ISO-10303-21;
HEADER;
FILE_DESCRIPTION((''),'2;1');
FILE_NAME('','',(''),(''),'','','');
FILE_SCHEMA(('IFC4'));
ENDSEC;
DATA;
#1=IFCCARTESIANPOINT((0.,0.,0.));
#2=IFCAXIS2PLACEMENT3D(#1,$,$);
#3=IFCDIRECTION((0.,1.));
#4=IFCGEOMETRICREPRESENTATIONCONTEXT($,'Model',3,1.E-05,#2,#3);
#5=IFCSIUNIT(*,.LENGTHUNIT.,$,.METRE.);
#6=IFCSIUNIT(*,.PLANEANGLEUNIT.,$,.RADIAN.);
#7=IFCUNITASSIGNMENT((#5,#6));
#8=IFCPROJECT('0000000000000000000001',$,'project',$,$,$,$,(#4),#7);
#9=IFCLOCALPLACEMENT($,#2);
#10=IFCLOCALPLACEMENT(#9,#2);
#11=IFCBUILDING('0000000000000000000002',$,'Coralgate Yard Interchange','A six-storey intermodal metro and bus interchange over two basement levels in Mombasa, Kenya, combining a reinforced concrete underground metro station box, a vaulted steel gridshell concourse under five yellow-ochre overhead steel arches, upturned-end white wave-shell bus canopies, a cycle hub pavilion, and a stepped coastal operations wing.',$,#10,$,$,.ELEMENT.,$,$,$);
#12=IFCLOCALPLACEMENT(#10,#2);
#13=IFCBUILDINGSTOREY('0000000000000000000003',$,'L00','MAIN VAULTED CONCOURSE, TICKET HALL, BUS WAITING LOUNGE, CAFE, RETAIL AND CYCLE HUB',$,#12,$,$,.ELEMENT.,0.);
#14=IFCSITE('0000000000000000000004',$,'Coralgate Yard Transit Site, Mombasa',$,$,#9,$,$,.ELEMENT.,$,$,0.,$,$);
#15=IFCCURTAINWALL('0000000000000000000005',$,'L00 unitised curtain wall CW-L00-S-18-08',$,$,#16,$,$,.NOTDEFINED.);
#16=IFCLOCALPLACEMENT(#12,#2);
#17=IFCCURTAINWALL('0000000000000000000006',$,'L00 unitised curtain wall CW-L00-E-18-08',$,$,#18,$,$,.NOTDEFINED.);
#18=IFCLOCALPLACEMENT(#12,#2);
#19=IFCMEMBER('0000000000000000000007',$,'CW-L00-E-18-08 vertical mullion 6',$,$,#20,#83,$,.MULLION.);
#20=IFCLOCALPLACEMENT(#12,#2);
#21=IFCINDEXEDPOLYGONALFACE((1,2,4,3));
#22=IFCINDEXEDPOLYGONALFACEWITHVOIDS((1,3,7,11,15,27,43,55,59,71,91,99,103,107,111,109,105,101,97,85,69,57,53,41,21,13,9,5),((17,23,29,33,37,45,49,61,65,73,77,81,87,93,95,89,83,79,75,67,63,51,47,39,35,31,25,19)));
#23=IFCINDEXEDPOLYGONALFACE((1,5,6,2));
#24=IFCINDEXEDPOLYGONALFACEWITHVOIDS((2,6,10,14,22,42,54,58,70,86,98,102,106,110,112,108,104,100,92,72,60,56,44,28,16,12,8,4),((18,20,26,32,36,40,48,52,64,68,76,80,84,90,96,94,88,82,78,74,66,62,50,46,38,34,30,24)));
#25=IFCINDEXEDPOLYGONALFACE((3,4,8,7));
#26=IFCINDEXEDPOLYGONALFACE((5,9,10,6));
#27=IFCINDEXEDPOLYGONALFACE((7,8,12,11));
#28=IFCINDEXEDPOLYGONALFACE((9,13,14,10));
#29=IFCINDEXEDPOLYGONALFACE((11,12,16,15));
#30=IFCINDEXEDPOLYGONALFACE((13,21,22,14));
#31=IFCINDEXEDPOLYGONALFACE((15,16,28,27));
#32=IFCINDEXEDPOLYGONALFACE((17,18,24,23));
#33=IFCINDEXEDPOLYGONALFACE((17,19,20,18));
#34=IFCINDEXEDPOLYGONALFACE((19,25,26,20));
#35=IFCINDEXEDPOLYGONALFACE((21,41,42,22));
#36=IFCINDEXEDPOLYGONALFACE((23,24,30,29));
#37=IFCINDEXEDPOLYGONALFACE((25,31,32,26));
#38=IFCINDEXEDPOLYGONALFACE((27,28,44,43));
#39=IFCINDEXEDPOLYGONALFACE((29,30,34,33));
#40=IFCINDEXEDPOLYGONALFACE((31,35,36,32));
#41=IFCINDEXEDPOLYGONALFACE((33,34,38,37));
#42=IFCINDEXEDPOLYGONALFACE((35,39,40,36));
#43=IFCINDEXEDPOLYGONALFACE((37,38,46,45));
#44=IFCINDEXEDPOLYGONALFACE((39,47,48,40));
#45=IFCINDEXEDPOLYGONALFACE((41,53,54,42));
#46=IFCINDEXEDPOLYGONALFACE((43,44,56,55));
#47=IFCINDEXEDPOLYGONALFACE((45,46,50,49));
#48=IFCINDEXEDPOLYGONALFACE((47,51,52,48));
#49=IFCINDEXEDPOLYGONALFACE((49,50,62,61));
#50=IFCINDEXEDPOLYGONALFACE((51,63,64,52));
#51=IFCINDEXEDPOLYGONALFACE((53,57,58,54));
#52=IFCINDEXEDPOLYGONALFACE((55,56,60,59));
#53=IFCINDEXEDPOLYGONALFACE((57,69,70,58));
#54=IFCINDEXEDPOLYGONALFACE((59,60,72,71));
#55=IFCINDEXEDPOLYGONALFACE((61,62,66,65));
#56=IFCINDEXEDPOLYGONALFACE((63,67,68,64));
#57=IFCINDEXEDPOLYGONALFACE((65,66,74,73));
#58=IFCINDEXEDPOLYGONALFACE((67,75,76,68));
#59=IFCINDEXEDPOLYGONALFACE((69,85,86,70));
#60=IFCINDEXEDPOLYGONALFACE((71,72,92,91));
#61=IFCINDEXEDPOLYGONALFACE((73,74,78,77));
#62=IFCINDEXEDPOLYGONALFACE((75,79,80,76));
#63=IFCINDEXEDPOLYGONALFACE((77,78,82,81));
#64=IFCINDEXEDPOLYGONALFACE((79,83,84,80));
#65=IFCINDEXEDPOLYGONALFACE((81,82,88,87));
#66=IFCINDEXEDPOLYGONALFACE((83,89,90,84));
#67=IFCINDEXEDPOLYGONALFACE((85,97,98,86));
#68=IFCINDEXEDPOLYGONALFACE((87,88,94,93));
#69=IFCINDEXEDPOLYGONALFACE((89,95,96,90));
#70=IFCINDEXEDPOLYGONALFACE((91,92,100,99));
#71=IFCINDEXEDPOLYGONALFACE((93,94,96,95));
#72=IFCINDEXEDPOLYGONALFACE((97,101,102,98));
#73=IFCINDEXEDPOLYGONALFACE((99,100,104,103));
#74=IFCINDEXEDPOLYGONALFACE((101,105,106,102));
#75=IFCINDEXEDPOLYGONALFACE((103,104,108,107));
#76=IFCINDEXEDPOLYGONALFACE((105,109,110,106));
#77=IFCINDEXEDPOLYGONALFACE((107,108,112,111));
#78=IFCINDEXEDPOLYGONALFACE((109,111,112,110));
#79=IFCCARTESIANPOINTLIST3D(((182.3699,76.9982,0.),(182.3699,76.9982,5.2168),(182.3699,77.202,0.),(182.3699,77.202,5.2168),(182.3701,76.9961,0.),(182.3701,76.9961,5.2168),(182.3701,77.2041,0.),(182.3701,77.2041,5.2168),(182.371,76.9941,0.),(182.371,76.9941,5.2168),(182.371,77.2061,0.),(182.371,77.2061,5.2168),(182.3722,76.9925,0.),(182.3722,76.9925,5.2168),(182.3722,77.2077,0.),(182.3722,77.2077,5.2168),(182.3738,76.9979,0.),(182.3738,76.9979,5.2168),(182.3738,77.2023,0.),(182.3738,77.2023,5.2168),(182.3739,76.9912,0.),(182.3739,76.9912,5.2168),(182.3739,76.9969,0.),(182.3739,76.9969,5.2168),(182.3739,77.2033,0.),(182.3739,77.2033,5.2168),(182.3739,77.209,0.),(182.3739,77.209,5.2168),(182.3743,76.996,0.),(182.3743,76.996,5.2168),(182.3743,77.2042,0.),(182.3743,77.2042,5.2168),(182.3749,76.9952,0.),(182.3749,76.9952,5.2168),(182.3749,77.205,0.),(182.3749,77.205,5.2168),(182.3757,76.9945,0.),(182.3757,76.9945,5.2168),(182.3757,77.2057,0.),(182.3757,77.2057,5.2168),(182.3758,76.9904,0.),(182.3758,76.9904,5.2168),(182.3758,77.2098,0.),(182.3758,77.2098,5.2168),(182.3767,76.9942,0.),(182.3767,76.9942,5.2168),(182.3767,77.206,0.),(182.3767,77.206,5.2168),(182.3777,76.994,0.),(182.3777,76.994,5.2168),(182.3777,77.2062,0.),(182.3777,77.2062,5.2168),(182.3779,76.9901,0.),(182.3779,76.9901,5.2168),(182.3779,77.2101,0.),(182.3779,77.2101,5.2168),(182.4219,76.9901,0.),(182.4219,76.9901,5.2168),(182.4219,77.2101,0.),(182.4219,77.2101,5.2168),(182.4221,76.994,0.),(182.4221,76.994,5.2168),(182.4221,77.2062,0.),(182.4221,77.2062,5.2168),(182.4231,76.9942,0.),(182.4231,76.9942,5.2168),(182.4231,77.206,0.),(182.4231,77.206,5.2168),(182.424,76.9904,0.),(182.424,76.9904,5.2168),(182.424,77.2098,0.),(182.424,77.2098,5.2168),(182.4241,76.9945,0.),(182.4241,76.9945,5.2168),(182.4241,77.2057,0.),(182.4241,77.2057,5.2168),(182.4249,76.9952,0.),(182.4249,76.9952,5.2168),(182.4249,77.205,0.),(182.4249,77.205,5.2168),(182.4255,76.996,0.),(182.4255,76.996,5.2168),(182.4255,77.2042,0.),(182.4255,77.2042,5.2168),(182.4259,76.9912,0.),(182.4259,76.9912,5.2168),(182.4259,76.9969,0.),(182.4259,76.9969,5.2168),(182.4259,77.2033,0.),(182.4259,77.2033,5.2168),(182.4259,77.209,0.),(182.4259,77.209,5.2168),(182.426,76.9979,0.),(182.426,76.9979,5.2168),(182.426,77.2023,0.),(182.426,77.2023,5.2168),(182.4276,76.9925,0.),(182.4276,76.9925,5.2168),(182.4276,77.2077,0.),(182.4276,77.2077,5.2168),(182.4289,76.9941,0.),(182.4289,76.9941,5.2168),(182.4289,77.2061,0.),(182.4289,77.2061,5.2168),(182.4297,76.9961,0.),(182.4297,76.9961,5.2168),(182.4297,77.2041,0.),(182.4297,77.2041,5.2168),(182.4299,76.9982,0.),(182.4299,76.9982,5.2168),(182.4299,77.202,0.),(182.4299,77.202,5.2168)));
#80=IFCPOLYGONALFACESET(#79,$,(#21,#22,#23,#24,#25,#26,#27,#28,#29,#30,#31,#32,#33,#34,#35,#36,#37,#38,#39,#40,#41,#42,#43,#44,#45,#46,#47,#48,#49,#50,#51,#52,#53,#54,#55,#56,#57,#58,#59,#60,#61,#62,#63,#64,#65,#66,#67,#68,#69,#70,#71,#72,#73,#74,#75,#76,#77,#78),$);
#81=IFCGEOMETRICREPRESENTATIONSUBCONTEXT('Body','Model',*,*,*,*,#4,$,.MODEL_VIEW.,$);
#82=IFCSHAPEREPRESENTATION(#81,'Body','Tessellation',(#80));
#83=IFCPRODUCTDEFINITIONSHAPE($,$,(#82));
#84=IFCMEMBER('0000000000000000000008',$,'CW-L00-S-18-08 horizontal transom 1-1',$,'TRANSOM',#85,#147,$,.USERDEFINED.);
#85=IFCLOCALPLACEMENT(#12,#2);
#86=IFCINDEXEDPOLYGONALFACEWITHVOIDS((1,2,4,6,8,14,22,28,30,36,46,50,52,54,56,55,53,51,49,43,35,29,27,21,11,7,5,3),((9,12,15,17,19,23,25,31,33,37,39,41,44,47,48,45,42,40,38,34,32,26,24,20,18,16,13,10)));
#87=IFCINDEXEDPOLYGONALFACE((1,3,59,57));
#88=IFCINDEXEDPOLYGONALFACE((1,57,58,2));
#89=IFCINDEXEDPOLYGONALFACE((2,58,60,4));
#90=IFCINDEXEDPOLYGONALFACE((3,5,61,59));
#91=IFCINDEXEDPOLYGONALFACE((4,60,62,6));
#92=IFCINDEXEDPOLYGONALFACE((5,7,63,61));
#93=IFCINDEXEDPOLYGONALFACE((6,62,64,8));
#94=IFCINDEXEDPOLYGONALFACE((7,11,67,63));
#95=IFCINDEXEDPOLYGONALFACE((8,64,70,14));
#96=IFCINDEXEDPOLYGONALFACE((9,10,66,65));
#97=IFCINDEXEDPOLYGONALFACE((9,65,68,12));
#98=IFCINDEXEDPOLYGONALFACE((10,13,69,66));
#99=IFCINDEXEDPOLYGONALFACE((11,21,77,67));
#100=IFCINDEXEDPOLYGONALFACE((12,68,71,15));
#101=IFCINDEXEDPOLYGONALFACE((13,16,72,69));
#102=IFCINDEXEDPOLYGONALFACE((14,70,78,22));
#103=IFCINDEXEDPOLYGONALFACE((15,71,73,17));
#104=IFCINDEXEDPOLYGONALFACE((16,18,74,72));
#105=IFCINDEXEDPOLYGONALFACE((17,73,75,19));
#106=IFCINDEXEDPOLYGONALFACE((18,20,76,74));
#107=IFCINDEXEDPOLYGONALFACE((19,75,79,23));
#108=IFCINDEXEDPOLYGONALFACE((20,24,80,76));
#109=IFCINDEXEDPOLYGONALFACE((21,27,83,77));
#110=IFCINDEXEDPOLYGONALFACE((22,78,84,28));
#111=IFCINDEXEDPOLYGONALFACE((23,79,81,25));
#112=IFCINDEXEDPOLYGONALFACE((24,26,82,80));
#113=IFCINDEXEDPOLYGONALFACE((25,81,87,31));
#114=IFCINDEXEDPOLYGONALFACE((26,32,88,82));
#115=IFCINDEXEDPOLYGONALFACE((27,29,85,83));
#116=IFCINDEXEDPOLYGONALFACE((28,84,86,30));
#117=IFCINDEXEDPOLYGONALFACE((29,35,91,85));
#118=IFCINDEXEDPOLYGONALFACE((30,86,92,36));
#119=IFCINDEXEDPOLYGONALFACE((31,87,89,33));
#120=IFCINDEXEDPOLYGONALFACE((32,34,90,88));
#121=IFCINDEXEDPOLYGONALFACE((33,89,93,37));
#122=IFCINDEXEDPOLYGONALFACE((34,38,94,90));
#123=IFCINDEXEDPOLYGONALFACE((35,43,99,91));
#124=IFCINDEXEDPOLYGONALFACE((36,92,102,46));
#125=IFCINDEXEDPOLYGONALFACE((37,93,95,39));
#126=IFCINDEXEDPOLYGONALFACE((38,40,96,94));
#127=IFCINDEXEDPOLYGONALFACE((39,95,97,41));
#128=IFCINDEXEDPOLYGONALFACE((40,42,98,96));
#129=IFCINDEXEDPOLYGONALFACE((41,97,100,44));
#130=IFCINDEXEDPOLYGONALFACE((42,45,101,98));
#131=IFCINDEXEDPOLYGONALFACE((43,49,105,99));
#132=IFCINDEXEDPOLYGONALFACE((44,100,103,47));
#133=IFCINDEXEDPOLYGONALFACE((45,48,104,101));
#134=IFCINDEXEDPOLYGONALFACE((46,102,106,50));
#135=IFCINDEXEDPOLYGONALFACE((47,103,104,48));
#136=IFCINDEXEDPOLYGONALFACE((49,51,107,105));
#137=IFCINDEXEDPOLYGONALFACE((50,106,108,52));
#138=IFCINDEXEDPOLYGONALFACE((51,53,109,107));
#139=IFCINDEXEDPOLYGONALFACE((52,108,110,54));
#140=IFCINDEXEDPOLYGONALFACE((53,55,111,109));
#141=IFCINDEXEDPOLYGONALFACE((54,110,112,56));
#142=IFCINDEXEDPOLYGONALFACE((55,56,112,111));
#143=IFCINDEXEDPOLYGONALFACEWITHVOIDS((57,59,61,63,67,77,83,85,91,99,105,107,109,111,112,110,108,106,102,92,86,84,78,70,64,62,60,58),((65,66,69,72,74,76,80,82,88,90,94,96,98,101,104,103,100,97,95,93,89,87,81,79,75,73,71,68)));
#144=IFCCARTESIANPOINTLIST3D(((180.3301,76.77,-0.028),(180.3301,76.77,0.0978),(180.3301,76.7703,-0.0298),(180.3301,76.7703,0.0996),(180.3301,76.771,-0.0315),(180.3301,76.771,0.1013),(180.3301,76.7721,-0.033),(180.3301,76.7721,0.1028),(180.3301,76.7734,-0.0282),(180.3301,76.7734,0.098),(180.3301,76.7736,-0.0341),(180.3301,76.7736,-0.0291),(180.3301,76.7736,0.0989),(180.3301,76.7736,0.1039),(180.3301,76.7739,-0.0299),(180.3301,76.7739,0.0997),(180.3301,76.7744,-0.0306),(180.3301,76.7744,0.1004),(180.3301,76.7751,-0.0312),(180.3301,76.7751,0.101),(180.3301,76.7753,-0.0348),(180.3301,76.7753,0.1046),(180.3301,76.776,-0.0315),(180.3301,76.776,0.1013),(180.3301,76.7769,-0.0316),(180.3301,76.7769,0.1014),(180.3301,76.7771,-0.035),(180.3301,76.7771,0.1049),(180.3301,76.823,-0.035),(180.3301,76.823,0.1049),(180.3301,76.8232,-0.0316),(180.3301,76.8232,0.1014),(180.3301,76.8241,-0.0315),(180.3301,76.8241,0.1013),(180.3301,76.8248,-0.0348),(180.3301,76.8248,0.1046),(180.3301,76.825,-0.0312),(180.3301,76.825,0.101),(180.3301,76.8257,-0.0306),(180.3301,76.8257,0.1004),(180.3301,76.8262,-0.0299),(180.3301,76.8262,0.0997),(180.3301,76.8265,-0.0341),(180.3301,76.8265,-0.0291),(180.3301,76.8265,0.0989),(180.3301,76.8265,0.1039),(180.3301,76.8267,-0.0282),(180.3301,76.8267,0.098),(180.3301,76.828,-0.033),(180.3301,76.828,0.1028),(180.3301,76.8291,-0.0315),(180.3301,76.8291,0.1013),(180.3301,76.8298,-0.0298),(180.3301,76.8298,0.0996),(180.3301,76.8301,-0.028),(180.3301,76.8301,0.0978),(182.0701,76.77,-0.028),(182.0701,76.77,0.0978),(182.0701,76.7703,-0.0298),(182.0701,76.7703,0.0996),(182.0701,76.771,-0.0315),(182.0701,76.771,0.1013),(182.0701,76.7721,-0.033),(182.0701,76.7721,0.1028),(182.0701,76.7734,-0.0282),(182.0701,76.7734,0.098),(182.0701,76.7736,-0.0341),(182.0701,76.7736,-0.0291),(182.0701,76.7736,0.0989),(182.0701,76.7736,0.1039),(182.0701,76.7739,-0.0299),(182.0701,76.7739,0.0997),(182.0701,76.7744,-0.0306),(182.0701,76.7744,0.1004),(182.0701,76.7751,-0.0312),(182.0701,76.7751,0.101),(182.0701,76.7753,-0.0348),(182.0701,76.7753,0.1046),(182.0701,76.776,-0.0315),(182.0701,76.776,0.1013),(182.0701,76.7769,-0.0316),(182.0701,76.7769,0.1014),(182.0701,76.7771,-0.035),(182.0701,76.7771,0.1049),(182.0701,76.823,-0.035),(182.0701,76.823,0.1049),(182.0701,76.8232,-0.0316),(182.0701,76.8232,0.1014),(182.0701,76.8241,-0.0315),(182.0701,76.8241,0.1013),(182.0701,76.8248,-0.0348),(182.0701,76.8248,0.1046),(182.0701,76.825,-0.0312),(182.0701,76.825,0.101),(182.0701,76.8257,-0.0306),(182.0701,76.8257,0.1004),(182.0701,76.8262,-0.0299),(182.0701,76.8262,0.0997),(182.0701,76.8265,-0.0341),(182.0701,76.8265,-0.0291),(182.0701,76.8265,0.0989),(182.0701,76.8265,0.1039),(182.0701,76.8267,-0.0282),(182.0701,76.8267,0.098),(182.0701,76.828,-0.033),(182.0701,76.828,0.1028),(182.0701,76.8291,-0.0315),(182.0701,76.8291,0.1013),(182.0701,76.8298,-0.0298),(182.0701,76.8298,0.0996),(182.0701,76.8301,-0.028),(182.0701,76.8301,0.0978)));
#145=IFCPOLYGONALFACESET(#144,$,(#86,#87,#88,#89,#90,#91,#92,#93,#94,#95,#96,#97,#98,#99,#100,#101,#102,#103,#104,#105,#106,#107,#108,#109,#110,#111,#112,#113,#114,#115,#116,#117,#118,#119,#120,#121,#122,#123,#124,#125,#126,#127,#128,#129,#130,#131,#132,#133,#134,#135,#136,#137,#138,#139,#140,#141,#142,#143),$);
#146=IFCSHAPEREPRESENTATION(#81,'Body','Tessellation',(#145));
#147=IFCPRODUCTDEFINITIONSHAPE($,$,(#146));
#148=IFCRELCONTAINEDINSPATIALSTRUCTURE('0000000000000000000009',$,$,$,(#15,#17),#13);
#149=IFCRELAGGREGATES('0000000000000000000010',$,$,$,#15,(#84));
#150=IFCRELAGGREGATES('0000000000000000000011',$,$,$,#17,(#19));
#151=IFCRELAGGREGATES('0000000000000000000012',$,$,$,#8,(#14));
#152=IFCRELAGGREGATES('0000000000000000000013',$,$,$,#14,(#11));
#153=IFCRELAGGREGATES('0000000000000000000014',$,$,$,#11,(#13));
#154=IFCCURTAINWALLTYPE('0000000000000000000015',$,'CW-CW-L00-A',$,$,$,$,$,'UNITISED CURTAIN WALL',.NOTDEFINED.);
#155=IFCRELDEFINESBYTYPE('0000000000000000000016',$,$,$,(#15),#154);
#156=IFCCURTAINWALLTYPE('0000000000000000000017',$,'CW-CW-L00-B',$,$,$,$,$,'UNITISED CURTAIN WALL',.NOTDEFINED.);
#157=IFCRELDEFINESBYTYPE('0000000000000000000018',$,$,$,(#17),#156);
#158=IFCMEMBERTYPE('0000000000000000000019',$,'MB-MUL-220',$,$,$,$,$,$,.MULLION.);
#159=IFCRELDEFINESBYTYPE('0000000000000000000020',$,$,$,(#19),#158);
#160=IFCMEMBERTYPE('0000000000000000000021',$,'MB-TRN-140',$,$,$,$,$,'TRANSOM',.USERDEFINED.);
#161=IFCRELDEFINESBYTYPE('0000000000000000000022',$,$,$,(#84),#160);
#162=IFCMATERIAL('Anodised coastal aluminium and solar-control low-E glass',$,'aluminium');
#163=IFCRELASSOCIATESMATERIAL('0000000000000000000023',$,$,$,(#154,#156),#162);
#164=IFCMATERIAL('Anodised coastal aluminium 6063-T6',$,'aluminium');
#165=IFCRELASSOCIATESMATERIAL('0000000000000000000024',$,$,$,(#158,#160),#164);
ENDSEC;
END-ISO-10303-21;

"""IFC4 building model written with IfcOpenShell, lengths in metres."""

from ifc_helpers import new_model, si_unit, direction, frame, origin, origin_2d, place, context, subcontext, project, spatial, hollow_rectangle, extrude, material, material_profile, profile_set, type_object, element, aggregate, save


model = new_model("IFC4")

# Units and contexts
model_context = context("Model", 3, precision=1e-05, world=origin(), true_north=direction((0.0, 1.0)))
body_context = subcontext(model_context, "Body", "Model", "MODEL_VIEW")
ifc_project = project(units=[si_unit("LENGTHUNIT", "METRE"), si_unit("PLANEANGLEUNIT", "RADIAN")], contexts=[model_context])

# Site, building, storey
site_placement = place(None, origin())
site = spatial("IfcSite", under=ifc_project, at=site_placement, Name="Coralgate Yard Transit Site, Mombasa", CompositionType="ELEMENT", RefElevation=0.0)
building_placement = place(site_placement, origin())
building = spatial("IfcBuilding", under=site, at=building_placement, Name="Coralgate Yard Interchange", Description="A six-storey intermodal metro and bus interchange over two basement levels in Mombasa, Kenya, combining a reinforced concrete underground metro station box, a vaulted steel gridshell concourse under five yellow-ochre overhead steel arches, upturned-end white wave-shell bus canopies, a cycle hub pavilion, and a stepped coastal operations wing.", CompositionType="ELEMENT")
storey_placement = place(building_placement, origin())
storey = spatial("IfcBuildingStorey", under=building, at=storey_placement, Name="L00", Description="MAIN VAULTED CONCOURSE, TICKET HALL, BUS WAITING LOUNGE, CAFE, RETAIL AND CYCLE HUB", CompositionType="ELEMENT", Elevation=0.0)

# Curtain wall
ifc_material_1 = material(Name="Anodised coastal aluminium and solar-control low-E glass", Category="aluminium")
curtain_wall_type_1 = type_object("IfcCurtainWallType", Name="CW-CW-L00-A", ElementType="UNITISED CURTAIN WALL", PredefinedType="NOTDEFINED", material=ifc_material_1)
curtain_wall_1_placement = place(storey_placement, origin())
curtain_wall_1 = element("IfcCurtainWall", 1, at=curtain_wall_1_placement, inside=storey, type_object=curtain_wall_type_1, Name="L00 unitised curtain wall CW-L00-S-18-08", PredefinedType="NOTDEFINED")
ifc_material_2 = material(Name="Anodised coastal aluminium 6063-T6", Category="aluminium")
ifc_material_profile_1 = material_profile(ifc_material_2, hollow_rectangle(XDim=0.0601, YDim=0.22, WallThickness=0.0039, InnerFilletRadius=0.0039, OuterFilletRadius=0.0081, at=origin_2d()), Name="ALU 60x220x4")
ifc_profile_set_1 = profile_set([ifc_material_profile_1], Name="Anodised coastal aluminium 6063-T6")
member_type_1 = type_object("IfcMemberType", Name="MB-MUL-220", PredefinedType="MULLION", material=ifc_profile_set_1)

# Curtain wall, member
curtain_wall_type_2 = type_object("IfcCurtainWallType", Name="CW-CW-L00-B", ElementType="UNITISED CURTAIN WALL", PredefinedType="NOTDEFINED", material=ifc_material_1)
curtain_wall_2_placement = place(storey_placement, origin())
curtain_wall_2 = element("IfcCurtainWall", 2, at=curtain_wall_2_placement, inside=storey, type_object=curtain_wall_type_2, Name="L00 unitised curtain wall CW-L00-E-18-08", PredefinedType="NOTDEFINED")
member_1_placement = place(storey_placement, frame((182.3999, 77.1001, 0.0), z_axis=(0.0, 0.0, 1.0), x_axis=(1.0, 0.0, 0.0)))
member_1 = element("IfcMember", 3, at=member_1_placement, type_object=member_type_1, Name="CW-L00-E-18-08 vertical mullion 6", PredefinedType="MULLION", context=body_context, shape_type="SweptSolid", body=[
    extrude(hollow_rectangle(XDim=0.0601, YDim=0.22, WallThickness=0.0039, InnerFilletRadius=0.0039, OuterFilletRadius=0.0081, at=origin_2d()), origin(), (0.0, 0.0, 1.0), 5.2168),
])

# Member
ifc_material_profile_2 = material_profile(ifc_material_2, hollow_rectangle(XDim=0.0601, YDim=0.1399, WallThickness=0.0034, InnerFilletRadius=0.0034, OuterFilletRadius=0.0071, at=origin_2d()), Name="ALU 60x140x3.5")
ifc_profile_set_2 = profile_set([ifc_material_profile_2], Name="Anodised coastal aluminium 6063-T6")
member_type_2 = type_object("IfcMemberType", Name="MB-TRN-140", ElementType="TRANSOM", PredefinedType="USERDEFINED", material=ifc_profile_set_2)
member_2_placement = place(storey_placement, frame((182.0701, 76.8, 0.0349), z_axis=(-1.0, 0.0, 0.0), x_axis=(0.0, -1.0, 0.0)))
member_2 = element("IfcMember", 4, at=member_2_placement, type_object=member_type_2, Name="CW-L00-S-18-08 horizontal transom 1-1", ObjectType="TRANSOM", PredefinedType="USERDEFINED", context=body_context, shape_type="SweptSolid", body=[
    extrude(hollow_rectangle(XDim=0.0601, YDim=0.1399, WallThickness=0.0034, InnerFilletRadius=0.0034, OuterFilletRadius=0.0071, at=origin_2d()), origin(), (0.0, 0.0, 1.0), 1.74),
])

aggregate(curtain_wall_1, [member_2])
aggregate(curtain_wall_2, [member_1])

save(model, "model.ifc")
